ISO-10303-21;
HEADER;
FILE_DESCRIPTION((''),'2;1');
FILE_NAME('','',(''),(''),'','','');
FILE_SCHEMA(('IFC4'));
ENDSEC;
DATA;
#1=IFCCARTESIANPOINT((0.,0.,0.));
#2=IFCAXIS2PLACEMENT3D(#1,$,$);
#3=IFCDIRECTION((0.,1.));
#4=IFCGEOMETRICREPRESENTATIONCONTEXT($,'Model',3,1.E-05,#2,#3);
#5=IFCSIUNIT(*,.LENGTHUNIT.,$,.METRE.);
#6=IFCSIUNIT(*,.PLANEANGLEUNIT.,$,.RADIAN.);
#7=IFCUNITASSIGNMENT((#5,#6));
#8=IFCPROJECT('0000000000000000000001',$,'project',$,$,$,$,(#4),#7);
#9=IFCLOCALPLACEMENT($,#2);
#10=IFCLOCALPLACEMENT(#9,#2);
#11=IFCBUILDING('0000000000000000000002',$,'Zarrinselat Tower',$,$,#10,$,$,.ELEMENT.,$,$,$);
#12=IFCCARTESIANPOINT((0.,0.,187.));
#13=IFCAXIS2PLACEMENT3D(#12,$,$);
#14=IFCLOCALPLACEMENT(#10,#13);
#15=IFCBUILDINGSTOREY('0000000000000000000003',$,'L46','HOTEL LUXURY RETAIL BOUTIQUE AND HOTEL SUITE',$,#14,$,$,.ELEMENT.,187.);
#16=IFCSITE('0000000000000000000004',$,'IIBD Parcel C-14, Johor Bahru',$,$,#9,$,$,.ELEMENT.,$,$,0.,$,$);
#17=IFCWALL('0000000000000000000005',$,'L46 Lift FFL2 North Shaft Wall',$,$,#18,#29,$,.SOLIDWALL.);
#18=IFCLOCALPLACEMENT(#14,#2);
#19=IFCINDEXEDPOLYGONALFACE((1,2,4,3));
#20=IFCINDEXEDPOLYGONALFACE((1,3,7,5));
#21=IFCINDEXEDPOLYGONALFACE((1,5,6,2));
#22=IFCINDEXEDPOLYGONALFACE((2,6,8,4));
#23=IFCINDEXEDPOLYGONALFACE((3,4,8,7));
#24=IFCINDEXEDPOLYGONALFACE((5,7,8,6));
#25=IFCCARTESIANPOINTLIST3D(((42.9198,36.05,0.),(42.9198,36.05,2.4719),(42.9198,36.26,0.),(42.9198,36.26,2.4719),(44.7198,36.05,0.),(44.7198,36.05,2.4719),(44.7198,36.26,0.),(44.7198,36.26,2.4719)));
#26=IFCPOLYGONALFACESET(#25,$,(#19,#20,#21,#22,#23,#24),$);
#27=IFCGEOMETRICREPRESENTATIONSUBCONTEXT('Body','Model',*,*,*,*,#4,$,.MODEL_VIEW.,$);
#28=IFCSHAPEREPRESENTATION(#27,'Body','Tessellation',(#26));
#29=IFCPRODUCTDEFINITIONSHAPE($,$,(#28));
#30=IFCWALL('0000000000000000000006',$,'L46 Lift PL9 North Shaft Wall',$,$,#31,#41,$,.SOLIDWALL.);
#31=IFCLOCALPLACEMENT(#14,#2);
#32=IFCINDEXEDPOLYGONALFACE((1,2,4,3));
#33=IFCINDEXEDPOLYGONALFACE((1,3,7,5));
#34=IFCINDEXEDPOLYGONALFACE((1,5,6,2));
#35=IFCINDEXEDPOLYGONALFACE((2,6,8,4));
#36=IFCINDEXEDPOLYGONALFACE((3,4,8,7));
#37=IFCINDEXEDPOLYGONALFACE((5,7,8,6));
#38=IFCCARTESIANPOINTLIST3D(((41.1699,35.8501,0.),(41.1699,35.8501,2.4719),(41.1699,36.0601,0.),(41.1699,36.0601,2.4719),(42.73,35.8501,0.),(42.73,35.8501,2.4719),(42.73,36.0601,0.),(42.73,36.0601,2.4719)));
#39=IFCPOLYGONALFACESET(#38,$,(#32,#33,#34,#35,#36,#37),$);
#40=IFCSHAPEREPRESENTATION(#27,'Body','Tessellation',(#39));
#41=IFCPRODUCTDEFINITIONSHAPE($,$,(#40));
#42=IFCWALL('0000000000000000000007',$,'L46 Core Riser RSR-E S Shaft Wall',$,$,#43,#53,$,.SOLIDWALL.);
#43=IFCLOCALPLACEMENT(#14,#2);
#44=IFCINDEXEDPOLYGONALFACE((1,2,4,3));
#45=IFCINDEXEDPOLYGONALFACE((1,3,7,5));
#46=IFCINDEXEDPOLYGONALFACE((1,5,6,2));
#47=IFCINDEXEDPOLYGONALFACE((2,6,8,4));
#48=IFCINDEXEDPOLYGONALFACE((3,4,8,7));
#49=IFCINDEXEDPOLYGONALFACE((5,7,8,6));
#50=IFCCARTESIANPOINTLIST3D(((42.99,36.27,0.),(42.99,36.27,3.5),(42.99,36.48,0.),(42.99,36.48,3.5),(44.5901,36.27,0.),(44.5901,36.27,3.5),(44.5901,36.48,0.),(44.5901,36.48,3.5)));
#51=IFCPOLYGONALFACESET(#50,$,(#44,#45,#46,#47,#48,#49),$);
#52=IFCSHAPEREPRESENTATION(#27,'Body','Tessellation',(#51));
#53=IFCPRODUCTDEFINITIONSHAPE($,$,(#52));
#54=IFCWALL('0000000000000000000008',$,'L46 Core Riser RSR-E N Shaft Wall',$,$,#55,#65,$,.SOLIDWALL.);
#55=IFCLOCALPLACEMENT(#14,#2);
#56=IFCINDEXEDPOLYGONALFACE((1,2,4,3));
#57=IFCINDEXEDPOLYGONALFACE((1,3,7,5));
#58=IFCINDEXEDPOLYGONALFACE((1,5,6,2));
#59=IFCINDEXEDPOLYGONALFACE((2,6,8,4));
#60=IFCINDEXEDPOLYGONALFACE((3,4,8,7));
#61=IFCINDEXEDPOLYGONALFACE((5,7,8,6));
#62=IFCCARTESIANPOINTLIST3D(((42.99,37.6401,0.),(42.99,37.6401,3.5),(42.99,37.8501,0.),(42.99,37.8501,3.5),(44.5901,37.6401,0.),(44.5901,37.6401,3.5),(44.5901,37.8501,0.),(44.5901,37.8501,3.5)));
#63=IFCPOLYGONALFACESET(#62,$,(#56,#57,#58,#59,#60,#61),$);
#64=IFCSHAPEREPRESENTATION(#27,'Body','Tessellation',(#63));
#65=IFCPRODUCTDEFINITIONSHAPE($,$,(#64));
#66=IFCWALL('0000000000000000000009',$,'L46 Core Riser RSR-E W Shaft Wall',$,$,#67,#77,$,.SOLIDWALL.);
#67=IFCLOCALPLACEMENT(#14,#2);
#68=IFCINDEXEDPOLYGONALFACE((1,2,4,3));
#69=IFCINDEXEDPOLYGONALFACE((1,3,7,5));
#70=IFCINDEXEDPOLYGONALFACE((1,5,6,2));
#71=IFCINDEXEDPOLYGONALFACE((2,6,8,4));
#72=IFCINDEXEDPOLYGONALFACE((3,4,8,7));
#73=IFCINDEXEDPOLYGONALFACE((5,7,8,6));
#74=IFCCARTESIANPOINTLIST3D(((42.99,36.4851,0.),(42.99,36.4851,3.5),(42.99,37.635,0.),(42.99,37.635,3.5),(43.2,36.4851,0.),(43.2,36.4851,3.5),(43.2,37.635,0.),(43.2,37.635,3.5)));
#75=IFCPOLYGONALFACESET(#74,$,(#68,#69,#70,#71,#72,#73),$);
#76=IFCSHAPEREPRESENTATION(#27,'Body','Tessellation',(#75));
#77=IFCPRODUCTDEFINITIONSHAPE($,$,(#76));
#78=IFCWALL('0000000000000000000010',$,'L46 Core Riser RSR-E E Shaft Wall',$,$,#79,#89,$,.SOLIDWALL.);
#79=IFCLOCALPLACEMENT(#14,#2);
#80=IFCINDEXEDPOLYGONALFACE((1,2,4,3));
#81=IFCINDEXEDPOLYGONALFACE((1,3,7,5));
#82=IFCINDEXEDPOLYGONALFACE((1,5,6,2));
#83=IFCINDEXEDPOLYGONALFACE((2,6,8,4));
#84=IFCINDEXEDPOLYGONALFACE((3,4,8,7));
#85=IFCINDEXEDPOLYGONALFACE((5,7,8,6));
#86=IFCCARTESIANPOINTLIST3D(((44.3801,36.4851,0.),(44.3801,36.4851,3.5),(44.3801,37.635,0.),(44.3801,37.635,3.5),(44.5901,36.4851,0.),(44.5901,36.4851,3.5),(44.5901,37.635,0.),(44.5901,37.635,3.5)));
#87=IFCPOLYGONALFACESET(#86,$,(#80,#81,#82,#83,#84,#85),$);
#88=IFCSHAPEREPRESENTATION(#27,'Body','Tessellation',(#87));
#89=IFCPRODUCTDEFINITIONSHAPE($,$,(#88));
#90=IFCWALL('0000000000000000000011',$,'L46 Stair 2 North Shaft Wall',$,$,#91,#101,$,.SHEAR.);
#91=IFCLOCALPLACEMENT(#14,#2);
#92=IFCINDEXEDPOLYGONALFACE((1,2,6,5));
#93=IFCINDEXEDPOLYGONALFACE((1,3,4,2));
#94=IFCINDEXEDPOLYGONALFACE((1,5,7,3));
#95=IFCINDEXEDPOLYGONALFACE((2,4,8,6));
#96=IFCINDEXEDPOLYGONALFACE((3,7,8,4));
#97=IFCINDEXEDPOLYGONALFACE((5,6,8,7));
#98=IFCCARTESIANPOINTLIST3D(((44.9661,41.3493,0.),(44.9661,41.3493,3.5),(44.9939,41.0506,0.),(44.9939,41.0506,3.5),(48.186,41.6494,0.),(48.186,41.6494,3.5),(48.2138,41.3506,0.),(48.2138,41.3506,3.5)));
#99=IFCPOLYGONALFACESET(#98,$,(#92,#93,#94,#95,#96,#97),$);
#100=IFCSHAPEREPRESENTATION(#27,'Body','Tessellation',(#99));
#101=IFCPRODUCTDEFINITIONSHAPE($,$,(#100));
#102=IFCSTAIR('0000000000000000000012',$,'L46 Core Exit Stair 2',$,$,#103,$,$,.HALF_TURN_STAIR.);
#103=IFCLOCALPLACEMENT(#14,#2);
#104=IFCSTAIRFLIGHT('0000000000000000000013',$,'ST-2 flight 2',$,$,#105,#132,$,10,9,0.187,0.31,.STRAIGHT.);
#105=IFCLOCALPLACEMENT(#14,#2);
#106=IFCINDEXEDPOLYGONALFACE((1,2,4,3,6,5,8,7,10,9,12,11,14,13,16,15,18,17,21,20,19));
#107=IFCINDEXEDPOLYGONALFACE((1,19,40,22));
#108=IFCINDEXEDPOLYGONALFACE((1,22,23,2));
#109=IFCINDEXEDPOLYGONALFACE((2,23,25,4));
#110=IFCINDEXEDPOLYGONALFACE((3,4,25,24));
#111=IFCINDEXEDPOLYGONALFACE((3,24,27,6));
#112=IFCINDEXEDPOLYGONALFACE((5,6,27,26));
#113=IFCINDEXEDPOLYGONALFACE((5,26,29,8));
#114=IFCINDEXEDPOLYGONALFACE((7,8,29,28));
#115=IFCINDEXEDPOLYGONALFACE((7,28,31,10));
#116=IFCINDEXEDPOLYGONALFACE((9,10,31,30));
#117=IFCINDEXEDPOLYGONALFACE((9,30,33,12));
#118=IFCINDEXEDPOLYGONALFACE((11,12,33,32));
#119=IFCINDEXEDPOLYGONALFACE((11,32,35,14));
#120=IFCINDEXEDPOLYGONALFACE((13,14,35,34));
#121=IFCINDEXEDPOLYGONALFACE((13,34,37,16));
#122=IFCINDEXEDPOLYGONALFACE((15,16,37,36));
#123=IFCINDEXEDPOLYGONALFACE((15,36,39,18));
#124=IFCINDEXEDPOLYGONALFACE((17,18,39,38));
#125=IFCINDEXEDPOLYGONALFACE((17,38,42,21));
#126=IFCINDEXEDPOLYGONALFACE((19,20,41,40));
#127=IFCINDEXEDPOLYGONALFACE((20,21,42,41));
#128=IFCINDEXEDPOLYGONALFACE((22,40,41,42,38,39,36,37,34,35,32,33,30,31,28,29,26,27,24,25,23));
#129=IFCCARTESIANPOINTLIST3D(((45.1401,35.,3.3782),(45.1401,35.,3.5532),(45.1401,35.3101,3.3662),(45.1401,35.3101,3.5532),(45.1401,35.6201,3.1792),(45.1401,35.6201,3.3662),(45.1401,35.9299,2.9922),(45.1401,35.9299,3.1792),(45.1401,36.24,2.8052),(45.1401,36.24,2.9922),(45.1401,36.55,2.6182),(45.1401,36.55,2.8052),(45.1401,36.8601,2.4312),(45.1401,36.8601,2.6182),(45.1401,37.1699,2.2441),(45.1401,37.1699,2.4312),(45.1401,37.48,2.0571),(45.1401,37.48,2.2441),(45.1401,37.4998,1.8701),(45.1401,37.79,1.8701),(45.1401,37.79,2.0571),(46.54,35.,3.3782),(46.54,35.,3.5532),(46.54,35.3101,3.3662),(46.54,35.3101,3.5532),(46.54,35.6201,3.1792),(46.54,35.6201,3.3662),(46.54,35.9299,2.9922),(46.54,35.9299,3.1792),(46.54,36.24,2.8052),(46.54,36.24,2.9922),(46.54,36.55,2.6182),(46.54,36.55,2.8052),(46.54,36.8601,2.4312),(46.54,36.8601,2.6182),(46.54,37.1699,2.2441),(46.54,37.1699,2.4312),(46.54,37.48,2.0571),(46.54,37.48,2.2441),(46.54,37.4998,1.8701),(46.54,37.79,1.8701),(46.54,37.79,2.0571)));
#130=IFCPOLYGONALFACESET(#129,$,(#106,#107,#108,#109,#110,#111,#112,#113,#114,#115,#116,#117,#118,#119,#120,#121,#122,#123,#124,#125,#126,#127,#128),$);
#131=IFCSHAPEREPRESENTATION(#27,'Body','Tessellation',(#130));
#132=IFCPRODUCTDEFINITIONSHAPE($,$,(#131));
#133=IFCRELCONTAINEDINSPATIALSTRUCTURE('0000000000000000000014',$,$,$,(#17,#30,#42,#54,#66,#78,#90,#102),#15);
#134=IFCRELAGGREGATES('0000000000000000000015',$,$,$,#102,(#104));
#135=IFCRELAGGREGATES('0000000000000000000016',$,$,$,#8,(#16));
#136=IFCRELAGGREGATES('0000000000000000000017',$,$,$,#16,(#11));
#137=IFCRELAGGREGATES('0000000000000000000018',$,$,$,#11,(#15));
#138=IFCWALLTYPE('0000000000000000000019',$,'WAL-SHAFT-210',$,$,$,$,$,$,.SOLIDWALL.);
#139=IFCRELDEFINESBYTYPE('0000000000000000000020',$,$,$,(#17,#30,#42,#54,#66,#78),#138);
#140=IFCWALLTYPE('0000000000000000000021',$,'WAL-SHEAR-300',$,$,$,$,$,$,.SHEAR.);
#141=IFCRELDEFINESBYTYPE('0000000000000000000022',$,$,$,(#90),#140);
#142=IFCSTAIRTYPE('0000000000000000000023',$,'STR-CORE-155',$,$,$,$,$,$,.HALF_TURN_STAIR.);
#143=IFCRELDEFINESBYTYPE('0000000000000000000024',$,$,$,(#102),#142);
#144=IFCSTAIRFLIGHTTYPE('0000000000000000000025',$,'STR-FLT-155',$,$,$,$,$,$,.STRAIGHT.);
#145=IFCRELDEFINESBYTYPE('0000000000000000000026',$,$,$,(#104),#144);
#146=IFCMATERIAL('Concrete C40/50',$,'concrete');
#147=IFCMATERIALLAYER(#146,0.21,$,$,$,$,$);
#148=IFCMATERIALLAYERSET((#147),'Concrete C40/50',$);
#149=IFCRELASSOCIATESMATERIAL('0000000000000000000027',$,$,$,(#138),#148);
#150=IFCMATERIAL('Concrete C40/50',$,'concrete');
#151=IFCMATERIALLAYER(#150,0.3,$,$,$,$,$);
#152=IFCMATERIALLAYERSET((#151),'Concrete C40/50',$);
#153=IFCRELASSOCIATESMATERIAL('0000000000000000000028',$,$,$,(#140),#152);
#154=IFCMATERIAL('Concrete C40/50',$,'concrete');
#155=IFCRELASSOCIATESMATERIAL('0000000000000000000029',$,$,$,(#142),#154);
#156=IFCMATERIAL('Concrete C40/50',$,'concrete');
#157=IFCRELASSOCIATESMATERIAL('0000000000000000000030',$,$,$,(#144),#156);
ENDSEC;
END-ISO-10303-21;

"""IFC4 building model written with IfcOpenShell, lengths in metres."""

from ifc_helpers import new_model, si_unit, direction, frame, frame_2d, origin, place, context, subcontext, project, spatial, polyline, rectangle, outline, extrude, material, layer, layer_set, type_object, element, aggregate, save


model = new_model("IFC4")

# Units and contexts
model_context = context("Model", 3, precision=1e-05, world=origin(), true_north=direction((0.0, 1.0)))
body_context = subcontext(model_context, "Body", "Model", "MODEL_VIEW")
ifc_project = project(units=[si_unit("LENGTHUNIT", "METRE"), si_unit("PLANEANGLEUNIT", "RADIAN")], contexts=[model_context])

# Site, building, storey
site_placement = place(None, origin())
site = spatial("IfcSite", under=ifc_project, at=site_placement, Name="IIBD Parcel C-14, Johor Bahru", CompositionType="ELEMENT", RefElevation=0.0)
building_placement = place(site_placement, origin())
building = spatial("IfcBuilding", under=site, at=building_placement, Name="Zarrinselat Tower", CompositionType="ELEMENT")
storey_placement = place(building_placement, frame((0.0, 0.0, 187.0)))
storey = spatial("IfcBuildingStorey", under=building, at=storey_placement, Name="L46", Description="HOTEL LUXURY RETAIL BOUTIQUE AND HOTEL SUITE", CompositionType="ELEMENT", Elevation=187.0)

# Walls
ifc_material_1 = material(Name="Concrete C40/50", Category="concrete")
ifc_layer_1 = layer(ifc_material_1, 0.21)
ifc_layer_set_1 = layer_set([ifc_layer_1], Name="Concrete C40/50")
wall_type_1 = type_object("IfcWallType", Name="WAL-SHAFT-210", PredefinedType="SOLIDWALL", material=ifc_layer_set_1)
wall_1_placement = place(storey_placement, frame((42.9199, 36.155, 0.0), z_axis=(0.0, 0.0, 1.0), x_axis=(1.0, 0.0, 0.0)))
element("IfcWall", 1, at=wall_1_placement, inside=storey, type_object=wall_type_1, Name="L46 Lift FFL2 North Shaft Wall", PredefinedType="SOLIDWALL", context=body_context, shape_type="SweptSolid", body=[
    extrude(rectangle(XDim=1.8, YDim=0.21, at=frame_2d((0.8999, 0.0))), origin(), (0.0, 0.0, 1.0), 2.4719),
])
wall_2_placement = place(storey_placement, frame((41.1699, 35.9551, 0.0), z_axis=(0.0, 0.0, 1.0), x_axis=(1.0, 0.0, 0.0)))
element("IfcWall", 2, at=wall_2_placement, inside=storey, type_object=wall_type_1, Name="L46 Lift PL9 North Shaft Wall", PredefinedType="SOLIDWALL", context=body_context, shape_type="SweptSolid", body=[
    extrude(rectangle(XDim=1.5601, YDim=0.21, at=frame_2d((0.78, 0.0))), origin(), (0.0, 0.0, 1.0), 2.4719),
])
for number, where, z_axis, x_axis, name in (
    (3, (42.99, 36.375, 0.0), (0.0, 0.0, 1.0), (1.0, 0.0, 0.0), "L46 Core Riser RSR-E S Shaft Wall"),
    (4, (42.99, 37.7451, 0.0), (0.0, 0.0, 1.0), (1.0, 0.0, 0.0), "L46 Core Riser RSR-E N Shaft Wall"),
):
    element("IfcWall", number, at=place(storey_placement, frame(where, z_axis=z_axis, x_axis=x_axis)), inside=storey, type_object=wall_type_1, Name=name, PredefinedType="SOLIDWALL", context=body_context, shape_type="SweptSolid", body=[
        extrude(rectangle(XDim=1.6001, YDim=0.21, at=frame_2d((0.8, 0.0))), origin(), (0.0, 0.0, 1.0), 3.5),
    ])
for number, where, z_axis, x_axis, name in (
    (5, (43.095, 36.4851, 0.0), (0.0, 0.0, 1.0), (0.0, 1.0, 0.0), "L46 Core Riser RSR-E W Shaft Wall"),
    (6, (44.4851, 36.4851, 0.0), (0.0, 0.0, 1.0), (0.0, 1.0, 0.0), "L46 Core Riser RSR-E E Shaft Wall"),
):
    element("IfcWall", number, at=place(storey_placement, frame(where, z_axis=z_axis, x_axis=x_axis)), inside=storey, type_object=wall_type_1, Name=name, PredefinedType="SOLIDWALL", context=body_context, shape_type="SweptSolid", body=[
        extrude(rectangle(XDim=1.1499, YDim=0.21, at=frame_2d((0.575, 0.0))), origin(), (0.0, 0.0, 1.0), 3.5),
    ])
ifc_material_2 = material(Name="Concrete C40/50", Category="concrete")
ifc_layer_2 = layer(ifc_material_2, 0.3)
ifc_layer_set_2 = layer_set([ifc_layer_2], Name="Concrete C40/50")
wall_type_2 = type_object("IfcWallType", Name="WAL-SHEAR-300", PredefinedType="SHEAR", material=ifc_layer_set_2)
wall_3_placement = place(storey_placement, frame((44.98, 41.2, 0.0), z_axis=(0.0, 0.0, 1.0), x_axis=(0.995686, 0.092782, 0.0)))
element("IfcWall", 7, at=wall_3_placement, inside=storey, type_object=wall_type_2, Name="L46 Stair 2 North Shaft Wall", PredefinedType="SHEAR", context=body_context, shape_type="SweptSolid", body=[
    extrude(rectangle(XDim=3.2339, YDim=0.3, at=frame_2d((1.6169, 0.0))), origin(), (0.0, 0.0, 1.0), 3.5),
])

# Stair, stair flight
ifc_material_3 = material(Name="Concrete C40/50", Category="concrete")
stair_type = type_object("IfcStairType", Name="STR-CORE-155", PredefinedType="HALF_TURN_STAIR", material=ifc_material_3)
stair_placement = place(storey_placement, origin())
stair = element("IfcStair", 8, at=stair_placement, inside=storey, type_object=stair_type, Name="L46 Core Exit Stair 2", PredefinedType="HALF_TURN_STAIR")
ifc_material_4 = material(Name="Concrete C40/50", Category="concrete")
stair_flight_type = type_object("IfcStairFlightType", Name="STR-FLT-155", PredefinedType="STRAIGHT", material=ifc_material_4)
stair_flight_placement = place(storey_placement, frame((45.8401, 37.79, 1.8701), z_axis=(0.0, 0.0, 1.0), x_axis=(0.0, -1.0, 0.0)))
stair_flight = element("IfcStairFlight", 9, at=stair_flight_placement, type_object=stair_flight_type, Name="ST-2 flight 2", NumberOfRisers=10, NumberOfTreads=9, PredefinedType="STRAIGHT", RiserHeight=0.187, TreadLength=0.31, context=body_context, shape_type="SweptSolid", body=[
    extrude(outline(polyline([(0.0, 0.0), (0.0, 0.187), (0.3101, 0.187), (0.3101, 0.374), (0.6201, 0.374), (0.6201, 0.561), (0.9299, 0.561), (0.9299, 0.748), (1.24, 0.748), (1.24, 0.9351), (1.55, 0.9351), (1.55, 1.1221), (1.8601, 1.1221), (1.8601, 1.3091), (2.1699, 1.3091), (2.1699, 1.4961), (2.48, 1.4961), (2.48, 1.6831), (2.79, 1.6831), (2.79, 1.8701), (2.79, 1.5081), (0.2903, 0.0), (0.0, 0.0)])), frame((0.0, 0.7, 0.0), z_axis=(0.0, -1.0, 0.0), x_axis=(1.0, 0.0, 0.0)), (0.0, 0.0, 1.0), 1.3999),
])
aggregate(stair, [stair_flight])

save(model, "model.ifc")
